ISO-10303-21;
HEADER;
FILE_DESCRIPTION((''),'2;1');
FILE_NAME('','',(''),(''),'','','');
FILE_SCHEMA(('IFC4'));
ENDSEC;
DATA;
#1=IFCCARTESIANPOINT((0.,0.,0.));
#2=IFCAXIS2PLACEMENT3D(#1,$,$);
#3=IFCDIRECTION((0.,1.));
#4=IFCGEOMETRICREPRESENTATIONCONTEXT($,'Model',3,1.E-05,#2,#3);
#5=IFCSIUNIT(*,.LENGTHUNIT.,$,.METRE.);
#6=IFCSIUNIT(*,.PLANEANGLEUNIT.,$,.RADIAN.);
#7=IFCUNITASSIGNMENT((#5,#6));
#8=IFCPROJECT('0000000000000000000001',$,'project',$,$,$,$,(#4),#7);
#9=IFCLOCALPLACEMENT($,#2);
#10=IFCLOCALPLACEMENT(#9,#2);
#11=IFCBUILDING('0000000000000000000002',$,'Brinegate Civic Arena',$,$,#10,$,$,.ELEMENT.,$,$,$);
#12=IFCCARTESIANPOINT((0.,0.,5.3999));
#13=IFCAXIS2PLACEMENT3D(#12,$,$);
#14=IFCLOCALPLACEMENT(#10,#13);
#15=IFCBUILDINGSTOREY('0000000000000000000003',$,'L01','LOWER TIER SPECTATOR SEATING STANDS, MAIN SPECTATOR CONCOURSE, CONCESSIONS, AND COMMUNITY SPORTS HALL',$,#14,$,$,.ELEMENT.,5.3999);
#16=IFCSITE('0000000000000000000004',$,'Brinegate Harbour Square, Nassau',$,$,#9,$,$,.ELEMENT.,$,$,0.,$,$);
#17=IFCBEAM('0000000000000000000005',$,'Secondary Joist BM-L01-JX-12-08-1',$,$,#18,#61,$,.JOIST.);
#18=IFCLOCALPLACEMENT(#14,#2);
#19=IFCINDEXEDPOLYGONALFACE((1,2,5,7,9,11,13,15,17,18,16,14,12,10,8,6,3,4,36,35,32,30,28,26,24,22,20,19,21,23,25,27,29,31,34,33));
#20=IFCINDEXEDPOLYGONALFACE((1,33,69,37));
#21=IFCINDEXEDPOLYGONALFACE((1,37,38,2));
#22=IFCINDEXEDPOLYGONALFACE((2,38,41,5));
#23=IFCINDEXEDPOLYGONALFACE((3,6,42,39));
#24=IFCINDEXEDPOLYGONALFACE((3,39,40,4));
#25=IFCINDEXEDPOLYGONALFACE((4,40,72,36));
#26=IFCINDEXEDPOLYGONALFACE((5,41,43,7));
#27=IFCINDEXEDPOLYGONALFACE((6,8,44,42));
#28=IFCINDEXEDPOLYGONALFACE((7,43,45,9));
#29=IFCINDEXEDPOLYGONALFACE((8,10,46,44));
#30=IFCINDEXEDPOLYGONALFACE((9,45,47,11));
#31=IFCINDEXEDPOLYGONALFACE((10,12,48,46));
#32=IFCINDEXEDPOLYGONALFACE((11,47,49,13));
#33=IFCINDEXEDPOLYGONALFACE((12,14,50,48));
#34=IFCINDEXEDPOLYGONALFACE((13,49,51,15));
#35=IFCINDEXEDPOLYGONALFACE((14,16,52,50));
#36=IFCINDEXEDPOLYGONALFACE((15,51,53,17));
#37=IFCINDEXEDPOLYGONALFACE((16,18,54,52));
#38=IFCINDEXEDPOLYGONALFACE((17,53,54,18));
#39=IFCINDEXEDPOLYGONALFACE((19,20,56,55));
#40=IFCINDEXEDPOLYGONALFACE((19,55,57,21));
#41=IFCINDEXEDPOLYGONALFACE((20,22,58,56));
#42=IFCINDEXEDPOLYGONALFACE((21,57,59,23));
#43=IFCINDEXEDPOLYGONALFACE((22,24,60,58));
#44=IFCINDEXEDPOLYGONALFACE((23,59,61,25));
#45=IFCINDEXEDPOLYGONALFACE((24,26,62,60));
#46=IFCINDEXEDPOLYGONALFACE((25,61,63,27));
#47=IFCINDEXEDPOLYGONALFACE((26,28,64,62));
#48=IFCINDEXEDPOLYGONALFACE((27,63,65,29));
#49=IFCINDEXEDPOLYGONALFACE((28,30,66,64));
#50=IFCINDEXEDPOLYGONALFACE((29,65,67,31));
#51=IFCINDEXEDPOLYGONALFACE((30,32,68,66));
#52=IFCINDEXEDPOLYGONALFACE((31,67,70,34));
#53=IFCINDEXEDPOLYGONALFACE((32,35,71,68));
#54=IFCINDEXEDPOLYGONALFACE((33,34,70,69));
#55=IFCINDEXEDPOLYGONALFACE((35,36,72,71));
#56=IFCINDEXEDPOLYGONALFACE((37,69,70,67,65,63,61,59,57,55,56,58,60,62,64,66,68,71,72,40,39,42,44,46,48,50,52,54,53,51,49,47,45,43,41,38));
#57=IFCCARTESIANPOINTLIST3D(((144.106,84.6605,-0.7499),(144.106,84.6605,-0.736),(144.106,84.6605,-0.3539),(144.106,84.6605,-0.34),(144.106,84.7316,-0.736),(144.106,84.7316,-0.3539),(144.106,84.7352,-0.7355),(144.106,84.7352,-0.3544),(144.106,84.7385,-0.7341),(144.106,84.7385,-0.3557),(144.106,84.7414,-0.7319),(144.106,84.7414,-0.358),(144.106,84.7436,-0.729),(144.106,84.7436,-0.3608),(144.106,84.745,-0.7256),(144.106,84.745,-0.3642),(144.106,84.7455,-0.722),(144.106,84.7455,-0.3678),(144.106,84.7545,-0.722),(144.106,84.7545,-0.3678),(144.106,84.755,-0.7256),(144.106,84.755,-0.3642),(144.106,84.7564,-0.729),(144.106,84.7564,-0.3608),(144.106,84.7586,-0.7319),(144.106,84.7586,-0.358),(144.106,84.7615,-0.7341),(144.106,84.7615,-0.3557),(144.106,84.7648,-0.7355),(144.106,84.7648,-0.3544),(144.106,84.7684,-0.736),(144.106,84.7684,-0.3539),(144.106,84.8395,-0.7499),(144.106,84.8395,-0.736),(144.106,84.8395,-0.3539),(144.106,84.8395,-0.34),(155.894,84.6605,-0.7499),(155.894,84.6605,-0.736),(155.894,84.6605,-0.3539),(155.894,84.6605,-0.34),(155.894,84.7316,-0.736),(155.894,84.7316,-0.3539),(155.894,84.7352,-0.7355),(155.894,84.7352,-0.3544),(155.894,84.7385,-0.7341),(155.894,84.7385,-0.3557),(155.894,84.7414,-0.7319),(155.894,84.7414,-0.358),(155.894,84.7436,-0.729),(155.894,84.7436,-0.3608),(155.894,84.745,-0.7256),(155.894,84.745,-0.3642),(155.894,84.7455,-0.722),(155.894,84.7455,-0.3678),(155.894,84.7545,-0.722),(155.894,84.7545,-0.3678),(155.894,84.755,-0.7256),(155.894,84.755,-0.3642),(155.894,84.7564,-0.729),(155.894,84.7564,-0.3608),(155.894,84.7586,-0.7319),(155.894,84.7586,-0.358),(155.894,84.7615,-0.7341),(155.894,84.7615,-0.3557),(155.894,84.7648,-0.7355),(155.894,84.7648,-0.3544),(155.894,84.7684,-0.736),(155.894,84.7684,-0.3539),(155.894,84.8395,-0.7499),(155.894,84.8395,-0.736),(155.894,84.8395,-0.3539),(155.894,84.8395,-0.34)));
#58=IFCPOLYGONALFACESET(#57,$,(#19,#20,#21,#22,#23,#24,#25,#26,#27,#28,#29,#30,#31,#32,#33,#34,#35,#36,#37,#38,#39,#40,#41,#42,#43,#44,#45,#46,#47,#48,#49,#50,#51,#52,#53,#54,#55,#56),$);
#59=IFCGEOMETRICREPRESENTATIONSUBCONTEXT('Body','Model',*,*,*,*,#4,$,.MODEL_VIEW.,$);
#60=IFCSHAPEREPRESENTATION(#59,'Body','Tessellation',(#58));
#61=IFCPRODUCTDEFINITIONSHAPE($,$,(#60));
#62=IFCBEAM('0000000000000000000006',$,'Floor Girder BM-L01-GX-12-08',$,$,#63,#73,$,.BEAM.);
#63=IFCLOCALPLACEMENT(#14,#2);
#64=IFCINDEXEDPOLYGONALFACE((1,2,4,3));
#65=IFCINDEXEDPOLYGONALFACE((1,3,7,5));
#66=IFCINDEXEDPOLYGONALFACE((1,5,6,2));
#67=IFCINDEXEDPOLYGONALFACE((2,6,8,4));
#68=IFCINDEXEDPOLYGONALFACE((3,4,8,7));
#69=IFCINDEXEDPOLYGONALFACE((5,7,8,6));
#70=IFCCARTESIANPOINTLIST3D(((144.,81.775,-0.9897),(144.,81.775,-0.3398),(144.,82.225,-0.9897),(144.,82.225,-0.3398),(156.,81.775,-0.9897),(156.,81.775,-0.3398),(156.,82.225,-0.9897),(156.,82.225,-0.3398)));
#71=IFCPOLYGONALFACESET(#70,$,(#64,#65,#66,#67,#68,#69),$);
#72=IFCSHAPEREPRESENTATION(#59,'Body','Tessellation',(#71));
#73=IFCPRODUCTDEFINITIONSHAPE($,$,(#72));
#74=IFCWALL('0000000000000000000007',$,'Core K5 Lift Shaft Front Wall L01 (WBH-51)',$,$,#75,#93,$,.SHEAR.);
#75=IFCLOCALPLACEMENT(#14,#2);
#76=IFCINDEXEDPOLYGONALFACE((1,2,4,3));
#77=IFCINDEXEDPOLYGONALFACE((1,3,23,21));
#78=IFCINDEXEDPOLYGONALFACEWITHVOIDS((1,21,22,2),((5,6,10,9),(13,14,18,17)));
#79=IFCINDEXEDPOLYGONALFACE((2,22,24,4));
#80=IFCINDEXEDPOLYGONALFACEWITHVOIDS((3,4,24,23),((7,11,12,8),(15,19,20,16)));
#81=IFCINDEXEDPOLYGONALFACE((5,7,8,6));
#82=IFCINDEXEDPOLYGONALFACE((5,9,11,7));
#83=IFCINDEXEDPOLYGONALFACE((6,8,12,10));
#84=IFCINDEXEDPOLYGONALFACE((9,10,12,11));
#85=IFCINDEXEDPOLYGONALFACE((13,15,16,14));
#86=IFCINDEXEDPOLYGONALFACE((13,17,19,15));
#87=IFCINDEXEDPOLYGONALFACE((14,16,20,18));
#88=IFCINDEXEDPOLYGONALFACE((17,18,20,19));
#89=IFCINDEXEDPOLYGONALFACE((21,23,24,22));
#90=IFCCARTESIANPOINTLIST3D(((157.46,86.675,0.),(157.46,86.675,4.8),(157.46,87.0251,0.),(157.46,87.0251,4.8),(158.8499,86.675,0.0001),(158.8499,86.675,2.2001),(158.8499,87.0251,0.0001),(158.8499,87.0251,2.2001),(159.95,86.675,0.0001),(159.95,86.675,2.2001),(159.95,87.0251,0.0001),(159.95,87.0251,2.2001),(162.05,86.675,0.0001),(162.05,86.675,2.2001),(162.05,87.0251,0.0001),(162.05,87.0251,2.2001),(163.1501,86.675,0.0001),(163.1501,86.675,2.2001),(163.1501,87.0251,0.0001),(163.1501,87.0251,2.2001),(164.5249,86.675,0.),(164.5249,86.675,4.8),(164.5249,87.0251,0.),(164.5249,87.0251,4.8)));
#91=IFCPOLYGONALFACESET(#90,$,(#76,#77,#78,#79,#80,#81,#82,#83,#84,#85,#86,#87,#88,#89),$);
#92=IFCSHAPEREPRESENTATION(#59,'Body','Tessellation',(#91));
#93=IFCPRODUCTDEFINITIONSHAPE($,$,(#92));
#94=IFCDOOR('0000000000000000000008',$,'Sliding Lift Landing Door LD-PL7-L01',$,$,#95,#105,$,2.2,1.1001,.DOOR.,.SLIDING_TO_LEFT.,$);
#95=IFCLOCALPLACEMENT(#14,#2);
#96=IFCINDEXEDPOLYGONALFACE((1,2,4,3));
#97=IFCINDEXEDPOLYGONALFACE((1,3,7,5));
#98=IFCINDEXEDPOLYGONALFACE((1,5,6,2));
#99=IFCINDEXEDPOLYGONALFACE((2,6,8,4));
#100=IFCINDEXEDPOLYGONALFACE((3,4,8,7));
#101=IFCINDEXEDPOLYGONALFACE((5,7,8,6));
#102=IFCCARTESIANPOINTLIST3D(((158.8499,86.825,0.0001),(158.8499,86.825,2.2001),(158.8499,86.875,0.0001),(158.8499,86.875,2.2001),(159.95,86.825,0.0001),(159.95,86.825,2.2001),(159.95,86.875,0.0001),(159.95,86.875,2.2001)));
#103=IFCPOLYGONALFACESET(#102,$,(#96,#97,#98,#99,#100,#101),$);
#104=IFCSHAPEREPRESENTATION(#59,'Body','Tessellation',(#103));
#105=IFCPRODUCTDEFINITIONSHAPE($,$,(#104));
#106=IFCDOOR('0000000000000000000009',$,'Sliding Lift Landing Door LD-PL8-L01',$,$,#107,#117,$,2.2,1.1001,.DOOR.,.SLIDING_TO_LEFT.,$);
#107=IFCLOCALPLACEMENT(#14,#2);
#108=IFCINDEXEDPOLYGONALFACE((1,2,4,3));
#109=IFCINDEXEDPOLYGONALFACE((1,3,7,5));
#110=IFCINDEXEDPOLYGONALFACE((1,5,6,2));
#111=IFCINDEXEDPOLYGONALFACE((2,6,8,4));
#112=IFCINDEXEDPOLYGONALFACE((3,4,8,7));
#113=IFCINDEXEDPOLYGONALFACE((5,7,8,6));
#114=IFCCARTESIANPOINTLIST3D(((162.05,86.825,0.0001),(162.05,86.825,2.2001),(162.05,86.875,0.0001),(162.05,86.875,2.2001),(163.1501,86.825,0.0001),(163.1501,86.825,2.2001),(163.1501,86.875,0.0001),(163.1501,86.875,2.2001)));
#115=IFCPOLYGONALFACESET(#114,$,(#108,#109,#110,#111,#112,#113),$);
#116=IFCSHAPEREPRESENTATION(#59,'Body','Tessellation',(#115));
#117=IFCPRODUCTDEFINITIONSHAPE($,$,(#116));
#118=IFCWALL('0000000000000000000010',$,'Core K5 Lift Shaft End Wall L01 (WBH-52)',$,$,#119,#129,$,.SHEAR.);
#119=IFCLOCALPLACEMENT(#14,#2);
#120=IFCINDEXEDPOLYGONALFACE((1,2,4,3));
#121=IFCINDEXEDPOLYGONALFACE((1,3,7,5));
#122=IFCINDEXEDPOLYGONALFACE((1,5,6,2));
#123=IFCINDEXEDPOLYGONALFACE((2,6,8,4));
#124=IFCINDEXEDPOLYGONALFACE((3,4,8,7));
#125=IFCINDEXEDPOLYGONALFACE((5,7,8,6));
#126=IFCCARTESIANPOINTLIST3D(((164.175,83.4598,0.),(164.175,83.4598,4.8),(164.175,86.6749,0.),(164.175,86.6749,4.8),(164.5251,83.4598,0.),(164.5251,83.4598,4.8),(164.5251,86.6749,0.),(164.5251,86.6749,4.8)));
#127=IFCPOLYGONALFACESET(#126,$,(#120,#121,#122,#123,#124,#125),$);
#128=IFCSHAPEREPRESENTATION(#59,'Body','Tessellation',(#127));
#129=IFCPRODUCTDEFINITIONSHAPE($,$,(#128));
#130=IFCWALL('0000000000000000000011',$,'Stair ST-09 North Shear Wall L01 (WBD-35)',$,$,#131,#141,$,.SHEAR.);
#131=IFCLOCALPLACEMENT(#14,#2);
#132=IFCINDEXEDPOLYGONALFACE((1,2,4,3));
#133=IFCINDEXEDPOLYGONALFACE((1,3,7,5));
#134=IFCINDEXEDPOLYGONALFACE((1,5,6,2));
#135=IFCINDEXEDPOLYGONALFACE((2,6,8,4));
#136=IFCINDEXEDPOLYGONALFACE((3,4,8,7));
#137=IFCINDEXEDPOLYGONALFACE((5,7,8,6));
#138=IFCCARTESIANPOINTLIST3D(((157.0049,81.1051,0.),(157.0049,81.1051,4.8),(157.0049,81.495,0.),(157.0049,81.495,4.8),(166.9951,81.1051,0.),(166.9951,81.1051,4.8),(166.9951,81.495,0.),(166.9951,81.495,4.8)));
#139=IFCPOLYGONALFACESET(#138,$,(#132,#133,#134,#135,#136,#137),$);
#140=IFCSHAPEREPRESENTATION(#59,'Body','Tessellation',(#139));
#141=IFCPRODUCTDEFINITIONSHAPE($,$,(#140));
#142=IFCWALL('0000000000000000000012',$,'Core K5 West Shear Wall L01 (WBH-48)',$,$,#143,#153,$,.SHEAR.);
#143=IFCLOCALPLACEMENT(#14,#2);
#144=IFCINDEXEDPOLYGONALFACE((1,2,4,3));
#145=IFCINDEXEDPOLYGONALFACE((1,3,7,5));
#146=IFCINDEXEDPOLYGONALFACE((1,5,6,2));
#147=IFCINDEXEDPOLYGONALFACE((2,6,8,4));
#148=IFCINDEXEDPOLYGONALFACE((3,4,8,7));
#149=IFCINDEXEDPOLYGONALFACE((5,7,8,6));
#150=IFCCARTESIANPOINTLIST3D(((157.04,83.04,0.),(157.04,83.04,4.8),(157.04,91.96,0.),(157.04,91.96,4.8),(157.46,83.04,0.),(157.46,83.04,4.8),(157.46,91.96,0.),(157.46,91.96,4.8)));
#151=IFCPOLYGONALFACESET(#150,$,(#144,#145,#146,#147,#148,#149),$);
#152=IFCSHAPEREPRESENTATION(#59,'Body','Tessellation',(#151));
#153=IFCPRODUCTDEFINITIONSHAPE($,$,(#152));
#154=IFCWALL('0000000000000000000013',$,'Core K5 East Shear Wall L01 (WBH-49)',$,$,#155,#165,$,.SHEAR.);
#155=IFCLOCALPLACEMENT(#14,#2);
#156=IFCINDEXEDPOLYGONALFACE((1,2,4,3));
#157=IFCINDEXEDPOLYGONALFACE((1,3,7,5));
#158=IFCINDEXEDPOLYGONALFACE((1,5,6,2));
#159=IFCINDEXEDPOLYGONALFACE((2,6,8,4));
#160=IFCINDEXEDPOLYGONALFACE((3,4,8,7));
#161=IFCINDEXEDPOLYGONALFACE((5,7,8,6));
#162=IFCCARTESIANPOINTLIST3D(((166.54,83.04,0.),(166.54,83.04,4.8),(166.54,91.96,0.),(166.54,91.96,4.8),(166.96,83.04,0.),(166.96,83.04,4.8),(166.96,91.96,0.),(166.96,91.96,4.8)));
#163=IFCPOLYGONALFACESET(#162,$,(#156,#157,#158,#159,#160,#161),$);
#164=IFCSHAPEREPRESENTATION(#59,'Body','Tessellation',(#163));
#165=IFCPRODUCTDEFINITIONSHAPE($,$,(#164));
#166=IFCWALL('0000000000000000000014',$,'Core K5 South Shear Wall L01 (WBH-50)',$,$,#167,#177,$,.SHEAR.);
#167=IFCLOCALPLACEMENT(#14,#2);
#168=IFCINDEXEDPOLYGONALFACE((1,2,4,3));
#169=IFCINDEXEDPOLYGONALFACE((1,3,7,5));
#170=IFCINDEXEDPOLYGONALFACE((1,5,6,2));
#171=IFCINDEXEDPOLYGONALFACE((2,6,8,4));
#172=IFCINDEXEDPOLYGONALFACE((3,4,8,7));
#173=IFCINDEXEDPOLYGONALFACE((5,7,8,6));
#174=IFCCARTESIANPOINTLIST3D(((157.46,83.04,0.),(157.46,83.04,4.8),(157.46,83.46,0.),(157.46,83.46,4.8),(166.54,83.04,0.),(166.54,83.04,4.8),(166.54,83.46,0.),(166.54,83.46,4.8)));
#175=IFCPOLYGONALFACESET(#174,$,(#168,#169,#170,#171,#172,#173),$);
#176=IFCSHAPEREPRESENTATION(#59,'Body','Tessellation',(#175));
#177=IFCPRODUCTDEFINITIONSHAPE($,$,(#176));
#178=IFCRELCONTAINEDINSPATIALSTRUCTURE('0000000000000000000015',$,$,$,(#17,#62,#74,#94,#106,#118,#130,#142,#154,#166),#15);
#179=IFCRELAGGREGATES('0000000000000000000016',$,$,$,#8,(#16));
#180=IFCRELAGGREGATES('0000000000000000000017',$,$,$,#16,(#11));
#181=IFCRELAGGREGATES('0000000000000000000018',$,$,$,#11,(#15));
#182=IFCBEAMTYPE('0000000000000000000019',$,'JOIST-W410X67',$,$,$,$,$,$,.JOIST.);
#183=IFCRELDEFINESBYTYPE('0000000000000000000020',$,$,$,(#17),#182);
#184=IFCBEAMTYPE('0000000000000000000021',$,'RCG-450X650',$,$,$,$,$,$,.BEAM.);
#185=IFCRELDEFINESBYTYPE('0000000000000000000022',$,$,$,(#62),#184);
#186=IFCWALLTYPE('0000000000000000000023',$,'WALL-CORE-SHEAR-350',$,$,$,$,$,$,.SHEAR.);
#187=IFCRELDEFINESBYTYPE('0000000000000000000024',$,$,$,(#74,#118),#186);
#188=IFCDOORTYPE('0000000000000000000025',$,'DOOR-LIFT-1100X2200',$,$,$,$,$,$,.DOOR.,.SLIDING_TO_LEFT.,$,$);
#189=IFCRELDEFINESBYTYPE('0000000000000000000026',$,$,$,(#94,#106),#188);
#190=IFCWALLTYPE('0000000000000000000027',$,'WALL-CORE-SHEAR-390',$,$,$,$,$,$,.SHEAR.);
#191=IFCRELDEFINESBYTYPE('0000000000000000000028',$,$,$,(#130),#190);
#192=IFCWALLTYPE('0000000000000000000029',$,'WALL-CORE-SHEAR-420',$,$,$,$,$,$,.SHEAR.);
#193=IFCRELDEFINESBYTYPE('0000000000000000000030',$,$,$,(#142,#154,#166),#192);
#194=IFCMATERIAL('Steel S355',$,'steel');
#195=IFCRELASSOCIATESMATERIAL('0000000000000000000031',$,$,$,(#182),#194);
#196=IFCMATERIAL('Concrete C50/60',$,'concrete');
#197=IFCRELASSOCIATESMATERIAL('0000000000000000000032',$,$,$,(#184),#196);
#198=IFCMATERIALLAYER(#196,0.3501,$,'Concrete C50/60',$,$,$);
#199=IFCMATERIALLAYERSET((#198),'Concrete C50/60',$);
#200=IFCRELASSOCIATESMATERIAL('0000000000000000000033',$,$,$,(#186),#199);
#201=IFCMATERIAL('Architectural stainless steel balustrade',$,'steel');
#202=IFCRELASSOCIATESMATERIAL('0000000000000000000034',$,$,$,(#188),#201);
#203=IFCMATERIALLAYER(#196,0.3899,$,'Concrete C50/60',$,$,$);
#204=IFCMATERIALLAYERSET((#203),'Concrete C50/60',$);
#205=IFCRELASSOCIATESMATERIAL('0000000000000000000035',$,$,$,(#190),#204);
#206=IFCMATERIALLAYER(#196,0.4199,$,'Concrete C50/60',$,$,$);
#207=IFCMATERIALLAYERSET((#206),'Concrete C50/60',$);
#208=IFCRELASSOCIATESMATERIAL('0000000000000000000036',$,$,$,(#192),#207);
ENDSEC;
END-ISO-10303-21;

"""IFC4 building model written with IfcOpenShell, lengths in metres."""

from ifc_helpers import new_model, si_unit, direction, frame, frame_2d, origin, origin_2d, place, context, subcontext, project, spatial, rectangle, i_section, extrude, material, layer, layer_set, material_profile, profile_set, type_object, element, fill, save


model = new_model("IFC4")

# Units and contexts
model_context = context("Model", 3, precision=1e-05, world=origin(), true_north=direction((0.0, 1.0)))
body_context = subcontext(model_context, "Body", "Model", "MODEL_VIEW")
ifc_project = project(units=[si_unit("LENGTHUNIT", "METRE"), si_unit("PLANEANGLEUNIT", "RADIAN")], contexts=[model_context])

# Site, building, storey
site_placement = place(None, origin())
site = spatial("IfcSite", under=ifc_project, at=site_placement, Name="Brinegate Harbour Square, Nassau", CompositionType="ELEMENT", RefElevation=0.0)
building_placement = place(site_placement, origin())
building = spatial("IfcBuilding", under=site, at=building_placement, Name="Brinegate Civic Arena", CompositionType="ELEMENT")
storey_placement = place(building_placement, frame((0.0, 0.0, 5.3999)))
storey = spatial("IfcBuildingStorey", under=building, at=storey_placement, Name="L01", Description="LOWER TIER SPECTATOR SEATING STANDS, MAIN SPECTATOR CONCOURSE, CONCESSIONS, AND COMMUNITY SPORTS HALL", CompositionType="ELEMENT", Elevation=5.3999)

# Shared definitions
ifc_material_1 = material(Name="Concrete C50/60", Category="concrete")

# Beams
ifc_material_2 = material(Name="Steel S355", Category="steel")
ifc_material_profile_1 = material_profile(ifc_material_2, i_section(OverallWidth=0.179, OverallDepth=0.4099, WebThickness=0.009, FlangeThickness=0.0139, FilletRadius=0.0139, at=origin_2d()), Name="W410X67")
ifc_profile_set_1 = profile_set([ifc_material_profile_1], Name="Steel S355")
beam_type_1 = type_object("IfcBeamType", Name="JOIST-W410X67", PredefinedType="JOIST", material=ifc_profile_set_1)
beam_1_placement = place(storey_placement, frame((144.106, 84.75, -0.5449), z_axis=(1.0, 0.0, 0.0), x_axis=(0.0, 1.0, 0.0)))
element("IfcBeam", 1, at=beam_1_placement, inside=storey, type_object=beam_type_1, Name="Secondary Joist BM-L01-JX-12-08-1", PredefinedType="JOIST", context=body_context, shape_type="SweptSolid", body=[
    extrude(i_section(OverallWidth=0.179, OverallDepth=0.4099, WebThickness=0.009, FlangeThickness=0.0139, FilletRadius=0.0139, at=origin_2d()), origin(), (0.0, 0.0, 1.0), 11.7881),
])
ifc_material_profile_2 = material_profile(ifc_material_1, rectangle(XDim=0.45, YDim=0.6499, at=origin_2d()), Name="RCB450X650")
ifc_profile_set_2 = profile_set([ifc_material_profile_2], Name="Concrete C50/60")
beam_type_2 = type_object("IfcBeamType", Name="RCG-450X650", PredefinedType="BEAM", material=ifc_profile_set_2)
beam_2_placement = place(storey_placement, frame((144.0, 82.0, -0.6648), z_axis=(1.0, 0.0, 0.0), x_axis=(0.0, 1.0, 0.0)))
element("IfcBeam", 2, at=beam_2_placement, inside=storey, type_object=beam_type_2, Name="Floor Girder BM-L01-GX-12-08", PredefinedType="BEAM", context=body_context, shape_type="SweptSolid", body=[
    extrude(rectangle(XDim=0.45, YDim=0.6499, at=origin_2d()), origin(), (0.0, 0.0, 1.0), 12.0),
])

# Wall, openings, doors
ifc_layer_1 = layer(ifc_material_1, 0.3501, Name="Concrete C50/60")
ifc_layer_set_1 = layer_set([ifc_layer_1], Name="Concrete C50/60")
wall_type_1 = type_object("IfcWallType", Name="WALL-CORE-SHEAR-350", PredefinedType="SHEAR", material=ifc_layer_set_1)
wall_1_placement = place(storey_placement, frame((157.46, 86.8501, 0.0), z_axis=(0.0, 0.0, 1.0), x_axis=(1.0, 0.0, 0.0)))
wall_1 = element("IfcWall", 3, at=wall_1_placement, inside=storey, type_object=wall_type_1, Name="Core K5 Lift Shaft Front Wall L01 (WBH-51)", PredefinedType="SHEAR", context=body_context, shape_type="SweptSolid", body=[
    extrude(rectangle(XDim=7.0649, YDim=0.3501, at=frame_2d((3.5325, 0.0))), origin(), (0.0, 0.0, 1.0), 4.8),
])
opening_1_placement = place(wall_1_placement, frame((1.3899, 0.0, 0.0)))
opening_1 = element("IfcOpeningElement", 4, at=opening_1_placement, cuts=wall_1, PredefinedType="OPENING", context=body_context, shape_type="SweptSolid", body=[
    extrude(rectangle(XDim=1.1001, YDim=2.2, at=frame_2d((0.55, 1.1001))), frame((0.0, 0.1851, 0.0), z_axis=(0.0, -1.0, 0.0), x_axis=(1.0, 0.0, 0.0)), (0.0, 0.0, 1.0), 0.3701),
])
opening_2_placement = place(wall_1_placement, frame((4.5901, 0.0, 0.0)))
opening_2 = element("IfcOpeningElement", 5, at=opening_2_placement, cuts=wall_1, PredefinedType="OPENING", context=body_context, shape_type="SweptSolid", body=[
    extrude(rectangle(XDim=1.1001, YDim=2.2, at=frame_2d((0.55, 1.1001))), frame((0.0, 0.1851, 0.0), z_axis=(0.0, -1.0, 0.0), x_axis=(1.0, 0.0, 0.0)), (0.0, 0.0, 1.0), 0.3701),
])
ifc_material_3 = material(Name="Architectural stainless steel balustrade", Category="steel")
door_type_1 = type_object("IfcDoorType", Name="DOOR-LIFT-1100X2200", OperationType="SLIDING_TO_LEFT", PredefinedType="DOOR", material=ifc_material_3)
door_1_placement = place(opening_1_placement, origin())
door_1 = element("IfcDoor", 6, at=door_1_placement, inside=storey, type_object=door_type_1, Name="Sliding Lift Landing Door LD-PL7-L01", OperationType="SLIDING_TO_LEFT", OverallHeight=2.2, OverallWidth=1.1001, PredefinedType="DOOR", context=body_context, shape_type="SweptSolid", body=[
    extrude(rectangle(XDim=1.1001, YDim=2.2, at=frame_2d((0.55, 1.1001))), frame((0.0, 0.0249, 0.0), z_axis=(0.0, -1.0, 0.0), x_axis=(1.0, 0.0, 0.0)), (0.0, 0.0, 1.0), 0.05),
])
fill(opening_1, door_1)
door_2_placement = place(opening_2_placement, origin())
door_2 = element("IfcDoor", 7, at=door_2_placement, inside=storey, type_object=door_type_1, Name="Sliding Lift Landing Door LD-PL8-L01", OperationType="SLIDING_TO_LEFT", OverallHeight=2.2, OverallWidth=1.1001, PredefinedType="DOOR", context=body_context, shape_type="SweptSolid", body=[
    extrude(rectangle(XDim=1.1001, YDim=2.2, at=frame_2d((0.55, 1.1001))), frame((0.0, 0.0249, 0.0), z_axis=(0.0, -1.0, 0.0), x_axis=(1.0, 0.0, 0.0)), (0.0, 0.0, 1.0), 0.05),
])
fill(opening_2, door_2)

# Walls
wall_2_placement = place(storey_placement, frame((164.3501, 83.46, 0.0), z_axis=(0.0, 0.0, 1.0), x_axis=(0.0, 1.0, 0.0)))
element("IfcWall", 8, at=wall_2_placement, inside=storey, type_object=wall_type_1, Name="Core K5 Lift Shaft End Wall L01 (WBH-52)", PredefinedType="SHEAR", context=body_context, shape_type="SweptSolid", body=[
    extrude(rectangle(XDim=3.2151, YDim=0.3501, at=frame_2d((1.6074, 0.0))), origin(), (0.0, 0.0, 1.0), 4.8),
])
ifc_layer_2 = layer(ifc_material_1, 0.3899, Name="Concrete C50/60")
ifc_layer_set_2 = layer_set([ifc_layer_2], Name="Concrete C50/60")
wall_type_2 = type_object("IfcWallType", Name="WALL-CORE-SHEAR-390", PredefinedType="SHEAR", material=ifc_layer_set_2)
wall_3_placement = place(storey_placement, frame((157.0049, 81.3, 0.0), z_axis=(0.0, 0.0, 1.0), x_axis=(1.0, 0.0, 0.0)))
element("IfcWall", 9, at=wall_3_placement, inside=storey, type_object=wall_type_2, Name="Stair ST-09 North Shear Wall L01 (WBD-35)", PredefinedType="SHEAR", context=body_context, shape_type="SweptSolid", body=[
    extrude(rectangle(XDim=9.9902, YDim=0.3899, at=frame_2d((4.9951, 0.0))), origin(), (0.0, 0.0, 1.0), 4.8),
])
ifc_layer_3 = layer(ifc_material_1, 0.4199, Name="Concrete C50/60")
ifc_layer_set_3 = layer_set([ifc_layer_3], Name="Concrete C50/60")
wall_type_3 = type_object("IfcWallType", Name="WALL-CORE-SHEAR-420", PredefinedType="SHEAR", material=ifc_layer_set_3)
for number, where, z_axis, x_axis, name in (
    (10, (157.25, 83.04, 0.0), (0.0, 0.0, 1.0), (0.0, 1.0, 0.0), "Core K5 West Shear Wall L01 (WBH-48)"),
    (11, (166.75, 83.04, 0.0), (0.0, 0.0, 1.0), (0.0, 1.0, 0.0), "Core K5 East Shear Wall L01 (WBH-49)"),
):
    element("IfcWall", number, at=place(storey_placement, frame(where, z_axis=z_axis, x_axis=x_axis)), inside=storey, type_object=wall_type_3, Name=name, PredefinedType="SHEAR", context=body_context, shape_type="SweptSolid", body=[
        extrude(rectangle(XDim=8.9199, YDim=0.4199, at=frame_2d((4.46, 0.0))), origin(), (0.0, 0.0, 1.0), 4.8),
    ])
wall_4_placement = place(storey_placement, frame((157.46, 83.25, 0.0), z_axis=(0.0, 0.0, 1.0), x_axis=(1.0, 0.0, 0.0)))
element("IfcWall", 12, at=wall_4_placement, inside=storey, type_object=wall_type_3, Name="Core K5 South Shear Wall L01 (WBH-50)", PredefinedType="SHEAR", context=body_context, shape_type="SweptSolid", body=[
    extrude(rectangle(XDim=9.0801, YDim=0.4199, at=frame_2d((4.54, 0.0))), origin(), (0.0, 0.0, 1.0), 4.8),
])

save(model, "model.ifc")
